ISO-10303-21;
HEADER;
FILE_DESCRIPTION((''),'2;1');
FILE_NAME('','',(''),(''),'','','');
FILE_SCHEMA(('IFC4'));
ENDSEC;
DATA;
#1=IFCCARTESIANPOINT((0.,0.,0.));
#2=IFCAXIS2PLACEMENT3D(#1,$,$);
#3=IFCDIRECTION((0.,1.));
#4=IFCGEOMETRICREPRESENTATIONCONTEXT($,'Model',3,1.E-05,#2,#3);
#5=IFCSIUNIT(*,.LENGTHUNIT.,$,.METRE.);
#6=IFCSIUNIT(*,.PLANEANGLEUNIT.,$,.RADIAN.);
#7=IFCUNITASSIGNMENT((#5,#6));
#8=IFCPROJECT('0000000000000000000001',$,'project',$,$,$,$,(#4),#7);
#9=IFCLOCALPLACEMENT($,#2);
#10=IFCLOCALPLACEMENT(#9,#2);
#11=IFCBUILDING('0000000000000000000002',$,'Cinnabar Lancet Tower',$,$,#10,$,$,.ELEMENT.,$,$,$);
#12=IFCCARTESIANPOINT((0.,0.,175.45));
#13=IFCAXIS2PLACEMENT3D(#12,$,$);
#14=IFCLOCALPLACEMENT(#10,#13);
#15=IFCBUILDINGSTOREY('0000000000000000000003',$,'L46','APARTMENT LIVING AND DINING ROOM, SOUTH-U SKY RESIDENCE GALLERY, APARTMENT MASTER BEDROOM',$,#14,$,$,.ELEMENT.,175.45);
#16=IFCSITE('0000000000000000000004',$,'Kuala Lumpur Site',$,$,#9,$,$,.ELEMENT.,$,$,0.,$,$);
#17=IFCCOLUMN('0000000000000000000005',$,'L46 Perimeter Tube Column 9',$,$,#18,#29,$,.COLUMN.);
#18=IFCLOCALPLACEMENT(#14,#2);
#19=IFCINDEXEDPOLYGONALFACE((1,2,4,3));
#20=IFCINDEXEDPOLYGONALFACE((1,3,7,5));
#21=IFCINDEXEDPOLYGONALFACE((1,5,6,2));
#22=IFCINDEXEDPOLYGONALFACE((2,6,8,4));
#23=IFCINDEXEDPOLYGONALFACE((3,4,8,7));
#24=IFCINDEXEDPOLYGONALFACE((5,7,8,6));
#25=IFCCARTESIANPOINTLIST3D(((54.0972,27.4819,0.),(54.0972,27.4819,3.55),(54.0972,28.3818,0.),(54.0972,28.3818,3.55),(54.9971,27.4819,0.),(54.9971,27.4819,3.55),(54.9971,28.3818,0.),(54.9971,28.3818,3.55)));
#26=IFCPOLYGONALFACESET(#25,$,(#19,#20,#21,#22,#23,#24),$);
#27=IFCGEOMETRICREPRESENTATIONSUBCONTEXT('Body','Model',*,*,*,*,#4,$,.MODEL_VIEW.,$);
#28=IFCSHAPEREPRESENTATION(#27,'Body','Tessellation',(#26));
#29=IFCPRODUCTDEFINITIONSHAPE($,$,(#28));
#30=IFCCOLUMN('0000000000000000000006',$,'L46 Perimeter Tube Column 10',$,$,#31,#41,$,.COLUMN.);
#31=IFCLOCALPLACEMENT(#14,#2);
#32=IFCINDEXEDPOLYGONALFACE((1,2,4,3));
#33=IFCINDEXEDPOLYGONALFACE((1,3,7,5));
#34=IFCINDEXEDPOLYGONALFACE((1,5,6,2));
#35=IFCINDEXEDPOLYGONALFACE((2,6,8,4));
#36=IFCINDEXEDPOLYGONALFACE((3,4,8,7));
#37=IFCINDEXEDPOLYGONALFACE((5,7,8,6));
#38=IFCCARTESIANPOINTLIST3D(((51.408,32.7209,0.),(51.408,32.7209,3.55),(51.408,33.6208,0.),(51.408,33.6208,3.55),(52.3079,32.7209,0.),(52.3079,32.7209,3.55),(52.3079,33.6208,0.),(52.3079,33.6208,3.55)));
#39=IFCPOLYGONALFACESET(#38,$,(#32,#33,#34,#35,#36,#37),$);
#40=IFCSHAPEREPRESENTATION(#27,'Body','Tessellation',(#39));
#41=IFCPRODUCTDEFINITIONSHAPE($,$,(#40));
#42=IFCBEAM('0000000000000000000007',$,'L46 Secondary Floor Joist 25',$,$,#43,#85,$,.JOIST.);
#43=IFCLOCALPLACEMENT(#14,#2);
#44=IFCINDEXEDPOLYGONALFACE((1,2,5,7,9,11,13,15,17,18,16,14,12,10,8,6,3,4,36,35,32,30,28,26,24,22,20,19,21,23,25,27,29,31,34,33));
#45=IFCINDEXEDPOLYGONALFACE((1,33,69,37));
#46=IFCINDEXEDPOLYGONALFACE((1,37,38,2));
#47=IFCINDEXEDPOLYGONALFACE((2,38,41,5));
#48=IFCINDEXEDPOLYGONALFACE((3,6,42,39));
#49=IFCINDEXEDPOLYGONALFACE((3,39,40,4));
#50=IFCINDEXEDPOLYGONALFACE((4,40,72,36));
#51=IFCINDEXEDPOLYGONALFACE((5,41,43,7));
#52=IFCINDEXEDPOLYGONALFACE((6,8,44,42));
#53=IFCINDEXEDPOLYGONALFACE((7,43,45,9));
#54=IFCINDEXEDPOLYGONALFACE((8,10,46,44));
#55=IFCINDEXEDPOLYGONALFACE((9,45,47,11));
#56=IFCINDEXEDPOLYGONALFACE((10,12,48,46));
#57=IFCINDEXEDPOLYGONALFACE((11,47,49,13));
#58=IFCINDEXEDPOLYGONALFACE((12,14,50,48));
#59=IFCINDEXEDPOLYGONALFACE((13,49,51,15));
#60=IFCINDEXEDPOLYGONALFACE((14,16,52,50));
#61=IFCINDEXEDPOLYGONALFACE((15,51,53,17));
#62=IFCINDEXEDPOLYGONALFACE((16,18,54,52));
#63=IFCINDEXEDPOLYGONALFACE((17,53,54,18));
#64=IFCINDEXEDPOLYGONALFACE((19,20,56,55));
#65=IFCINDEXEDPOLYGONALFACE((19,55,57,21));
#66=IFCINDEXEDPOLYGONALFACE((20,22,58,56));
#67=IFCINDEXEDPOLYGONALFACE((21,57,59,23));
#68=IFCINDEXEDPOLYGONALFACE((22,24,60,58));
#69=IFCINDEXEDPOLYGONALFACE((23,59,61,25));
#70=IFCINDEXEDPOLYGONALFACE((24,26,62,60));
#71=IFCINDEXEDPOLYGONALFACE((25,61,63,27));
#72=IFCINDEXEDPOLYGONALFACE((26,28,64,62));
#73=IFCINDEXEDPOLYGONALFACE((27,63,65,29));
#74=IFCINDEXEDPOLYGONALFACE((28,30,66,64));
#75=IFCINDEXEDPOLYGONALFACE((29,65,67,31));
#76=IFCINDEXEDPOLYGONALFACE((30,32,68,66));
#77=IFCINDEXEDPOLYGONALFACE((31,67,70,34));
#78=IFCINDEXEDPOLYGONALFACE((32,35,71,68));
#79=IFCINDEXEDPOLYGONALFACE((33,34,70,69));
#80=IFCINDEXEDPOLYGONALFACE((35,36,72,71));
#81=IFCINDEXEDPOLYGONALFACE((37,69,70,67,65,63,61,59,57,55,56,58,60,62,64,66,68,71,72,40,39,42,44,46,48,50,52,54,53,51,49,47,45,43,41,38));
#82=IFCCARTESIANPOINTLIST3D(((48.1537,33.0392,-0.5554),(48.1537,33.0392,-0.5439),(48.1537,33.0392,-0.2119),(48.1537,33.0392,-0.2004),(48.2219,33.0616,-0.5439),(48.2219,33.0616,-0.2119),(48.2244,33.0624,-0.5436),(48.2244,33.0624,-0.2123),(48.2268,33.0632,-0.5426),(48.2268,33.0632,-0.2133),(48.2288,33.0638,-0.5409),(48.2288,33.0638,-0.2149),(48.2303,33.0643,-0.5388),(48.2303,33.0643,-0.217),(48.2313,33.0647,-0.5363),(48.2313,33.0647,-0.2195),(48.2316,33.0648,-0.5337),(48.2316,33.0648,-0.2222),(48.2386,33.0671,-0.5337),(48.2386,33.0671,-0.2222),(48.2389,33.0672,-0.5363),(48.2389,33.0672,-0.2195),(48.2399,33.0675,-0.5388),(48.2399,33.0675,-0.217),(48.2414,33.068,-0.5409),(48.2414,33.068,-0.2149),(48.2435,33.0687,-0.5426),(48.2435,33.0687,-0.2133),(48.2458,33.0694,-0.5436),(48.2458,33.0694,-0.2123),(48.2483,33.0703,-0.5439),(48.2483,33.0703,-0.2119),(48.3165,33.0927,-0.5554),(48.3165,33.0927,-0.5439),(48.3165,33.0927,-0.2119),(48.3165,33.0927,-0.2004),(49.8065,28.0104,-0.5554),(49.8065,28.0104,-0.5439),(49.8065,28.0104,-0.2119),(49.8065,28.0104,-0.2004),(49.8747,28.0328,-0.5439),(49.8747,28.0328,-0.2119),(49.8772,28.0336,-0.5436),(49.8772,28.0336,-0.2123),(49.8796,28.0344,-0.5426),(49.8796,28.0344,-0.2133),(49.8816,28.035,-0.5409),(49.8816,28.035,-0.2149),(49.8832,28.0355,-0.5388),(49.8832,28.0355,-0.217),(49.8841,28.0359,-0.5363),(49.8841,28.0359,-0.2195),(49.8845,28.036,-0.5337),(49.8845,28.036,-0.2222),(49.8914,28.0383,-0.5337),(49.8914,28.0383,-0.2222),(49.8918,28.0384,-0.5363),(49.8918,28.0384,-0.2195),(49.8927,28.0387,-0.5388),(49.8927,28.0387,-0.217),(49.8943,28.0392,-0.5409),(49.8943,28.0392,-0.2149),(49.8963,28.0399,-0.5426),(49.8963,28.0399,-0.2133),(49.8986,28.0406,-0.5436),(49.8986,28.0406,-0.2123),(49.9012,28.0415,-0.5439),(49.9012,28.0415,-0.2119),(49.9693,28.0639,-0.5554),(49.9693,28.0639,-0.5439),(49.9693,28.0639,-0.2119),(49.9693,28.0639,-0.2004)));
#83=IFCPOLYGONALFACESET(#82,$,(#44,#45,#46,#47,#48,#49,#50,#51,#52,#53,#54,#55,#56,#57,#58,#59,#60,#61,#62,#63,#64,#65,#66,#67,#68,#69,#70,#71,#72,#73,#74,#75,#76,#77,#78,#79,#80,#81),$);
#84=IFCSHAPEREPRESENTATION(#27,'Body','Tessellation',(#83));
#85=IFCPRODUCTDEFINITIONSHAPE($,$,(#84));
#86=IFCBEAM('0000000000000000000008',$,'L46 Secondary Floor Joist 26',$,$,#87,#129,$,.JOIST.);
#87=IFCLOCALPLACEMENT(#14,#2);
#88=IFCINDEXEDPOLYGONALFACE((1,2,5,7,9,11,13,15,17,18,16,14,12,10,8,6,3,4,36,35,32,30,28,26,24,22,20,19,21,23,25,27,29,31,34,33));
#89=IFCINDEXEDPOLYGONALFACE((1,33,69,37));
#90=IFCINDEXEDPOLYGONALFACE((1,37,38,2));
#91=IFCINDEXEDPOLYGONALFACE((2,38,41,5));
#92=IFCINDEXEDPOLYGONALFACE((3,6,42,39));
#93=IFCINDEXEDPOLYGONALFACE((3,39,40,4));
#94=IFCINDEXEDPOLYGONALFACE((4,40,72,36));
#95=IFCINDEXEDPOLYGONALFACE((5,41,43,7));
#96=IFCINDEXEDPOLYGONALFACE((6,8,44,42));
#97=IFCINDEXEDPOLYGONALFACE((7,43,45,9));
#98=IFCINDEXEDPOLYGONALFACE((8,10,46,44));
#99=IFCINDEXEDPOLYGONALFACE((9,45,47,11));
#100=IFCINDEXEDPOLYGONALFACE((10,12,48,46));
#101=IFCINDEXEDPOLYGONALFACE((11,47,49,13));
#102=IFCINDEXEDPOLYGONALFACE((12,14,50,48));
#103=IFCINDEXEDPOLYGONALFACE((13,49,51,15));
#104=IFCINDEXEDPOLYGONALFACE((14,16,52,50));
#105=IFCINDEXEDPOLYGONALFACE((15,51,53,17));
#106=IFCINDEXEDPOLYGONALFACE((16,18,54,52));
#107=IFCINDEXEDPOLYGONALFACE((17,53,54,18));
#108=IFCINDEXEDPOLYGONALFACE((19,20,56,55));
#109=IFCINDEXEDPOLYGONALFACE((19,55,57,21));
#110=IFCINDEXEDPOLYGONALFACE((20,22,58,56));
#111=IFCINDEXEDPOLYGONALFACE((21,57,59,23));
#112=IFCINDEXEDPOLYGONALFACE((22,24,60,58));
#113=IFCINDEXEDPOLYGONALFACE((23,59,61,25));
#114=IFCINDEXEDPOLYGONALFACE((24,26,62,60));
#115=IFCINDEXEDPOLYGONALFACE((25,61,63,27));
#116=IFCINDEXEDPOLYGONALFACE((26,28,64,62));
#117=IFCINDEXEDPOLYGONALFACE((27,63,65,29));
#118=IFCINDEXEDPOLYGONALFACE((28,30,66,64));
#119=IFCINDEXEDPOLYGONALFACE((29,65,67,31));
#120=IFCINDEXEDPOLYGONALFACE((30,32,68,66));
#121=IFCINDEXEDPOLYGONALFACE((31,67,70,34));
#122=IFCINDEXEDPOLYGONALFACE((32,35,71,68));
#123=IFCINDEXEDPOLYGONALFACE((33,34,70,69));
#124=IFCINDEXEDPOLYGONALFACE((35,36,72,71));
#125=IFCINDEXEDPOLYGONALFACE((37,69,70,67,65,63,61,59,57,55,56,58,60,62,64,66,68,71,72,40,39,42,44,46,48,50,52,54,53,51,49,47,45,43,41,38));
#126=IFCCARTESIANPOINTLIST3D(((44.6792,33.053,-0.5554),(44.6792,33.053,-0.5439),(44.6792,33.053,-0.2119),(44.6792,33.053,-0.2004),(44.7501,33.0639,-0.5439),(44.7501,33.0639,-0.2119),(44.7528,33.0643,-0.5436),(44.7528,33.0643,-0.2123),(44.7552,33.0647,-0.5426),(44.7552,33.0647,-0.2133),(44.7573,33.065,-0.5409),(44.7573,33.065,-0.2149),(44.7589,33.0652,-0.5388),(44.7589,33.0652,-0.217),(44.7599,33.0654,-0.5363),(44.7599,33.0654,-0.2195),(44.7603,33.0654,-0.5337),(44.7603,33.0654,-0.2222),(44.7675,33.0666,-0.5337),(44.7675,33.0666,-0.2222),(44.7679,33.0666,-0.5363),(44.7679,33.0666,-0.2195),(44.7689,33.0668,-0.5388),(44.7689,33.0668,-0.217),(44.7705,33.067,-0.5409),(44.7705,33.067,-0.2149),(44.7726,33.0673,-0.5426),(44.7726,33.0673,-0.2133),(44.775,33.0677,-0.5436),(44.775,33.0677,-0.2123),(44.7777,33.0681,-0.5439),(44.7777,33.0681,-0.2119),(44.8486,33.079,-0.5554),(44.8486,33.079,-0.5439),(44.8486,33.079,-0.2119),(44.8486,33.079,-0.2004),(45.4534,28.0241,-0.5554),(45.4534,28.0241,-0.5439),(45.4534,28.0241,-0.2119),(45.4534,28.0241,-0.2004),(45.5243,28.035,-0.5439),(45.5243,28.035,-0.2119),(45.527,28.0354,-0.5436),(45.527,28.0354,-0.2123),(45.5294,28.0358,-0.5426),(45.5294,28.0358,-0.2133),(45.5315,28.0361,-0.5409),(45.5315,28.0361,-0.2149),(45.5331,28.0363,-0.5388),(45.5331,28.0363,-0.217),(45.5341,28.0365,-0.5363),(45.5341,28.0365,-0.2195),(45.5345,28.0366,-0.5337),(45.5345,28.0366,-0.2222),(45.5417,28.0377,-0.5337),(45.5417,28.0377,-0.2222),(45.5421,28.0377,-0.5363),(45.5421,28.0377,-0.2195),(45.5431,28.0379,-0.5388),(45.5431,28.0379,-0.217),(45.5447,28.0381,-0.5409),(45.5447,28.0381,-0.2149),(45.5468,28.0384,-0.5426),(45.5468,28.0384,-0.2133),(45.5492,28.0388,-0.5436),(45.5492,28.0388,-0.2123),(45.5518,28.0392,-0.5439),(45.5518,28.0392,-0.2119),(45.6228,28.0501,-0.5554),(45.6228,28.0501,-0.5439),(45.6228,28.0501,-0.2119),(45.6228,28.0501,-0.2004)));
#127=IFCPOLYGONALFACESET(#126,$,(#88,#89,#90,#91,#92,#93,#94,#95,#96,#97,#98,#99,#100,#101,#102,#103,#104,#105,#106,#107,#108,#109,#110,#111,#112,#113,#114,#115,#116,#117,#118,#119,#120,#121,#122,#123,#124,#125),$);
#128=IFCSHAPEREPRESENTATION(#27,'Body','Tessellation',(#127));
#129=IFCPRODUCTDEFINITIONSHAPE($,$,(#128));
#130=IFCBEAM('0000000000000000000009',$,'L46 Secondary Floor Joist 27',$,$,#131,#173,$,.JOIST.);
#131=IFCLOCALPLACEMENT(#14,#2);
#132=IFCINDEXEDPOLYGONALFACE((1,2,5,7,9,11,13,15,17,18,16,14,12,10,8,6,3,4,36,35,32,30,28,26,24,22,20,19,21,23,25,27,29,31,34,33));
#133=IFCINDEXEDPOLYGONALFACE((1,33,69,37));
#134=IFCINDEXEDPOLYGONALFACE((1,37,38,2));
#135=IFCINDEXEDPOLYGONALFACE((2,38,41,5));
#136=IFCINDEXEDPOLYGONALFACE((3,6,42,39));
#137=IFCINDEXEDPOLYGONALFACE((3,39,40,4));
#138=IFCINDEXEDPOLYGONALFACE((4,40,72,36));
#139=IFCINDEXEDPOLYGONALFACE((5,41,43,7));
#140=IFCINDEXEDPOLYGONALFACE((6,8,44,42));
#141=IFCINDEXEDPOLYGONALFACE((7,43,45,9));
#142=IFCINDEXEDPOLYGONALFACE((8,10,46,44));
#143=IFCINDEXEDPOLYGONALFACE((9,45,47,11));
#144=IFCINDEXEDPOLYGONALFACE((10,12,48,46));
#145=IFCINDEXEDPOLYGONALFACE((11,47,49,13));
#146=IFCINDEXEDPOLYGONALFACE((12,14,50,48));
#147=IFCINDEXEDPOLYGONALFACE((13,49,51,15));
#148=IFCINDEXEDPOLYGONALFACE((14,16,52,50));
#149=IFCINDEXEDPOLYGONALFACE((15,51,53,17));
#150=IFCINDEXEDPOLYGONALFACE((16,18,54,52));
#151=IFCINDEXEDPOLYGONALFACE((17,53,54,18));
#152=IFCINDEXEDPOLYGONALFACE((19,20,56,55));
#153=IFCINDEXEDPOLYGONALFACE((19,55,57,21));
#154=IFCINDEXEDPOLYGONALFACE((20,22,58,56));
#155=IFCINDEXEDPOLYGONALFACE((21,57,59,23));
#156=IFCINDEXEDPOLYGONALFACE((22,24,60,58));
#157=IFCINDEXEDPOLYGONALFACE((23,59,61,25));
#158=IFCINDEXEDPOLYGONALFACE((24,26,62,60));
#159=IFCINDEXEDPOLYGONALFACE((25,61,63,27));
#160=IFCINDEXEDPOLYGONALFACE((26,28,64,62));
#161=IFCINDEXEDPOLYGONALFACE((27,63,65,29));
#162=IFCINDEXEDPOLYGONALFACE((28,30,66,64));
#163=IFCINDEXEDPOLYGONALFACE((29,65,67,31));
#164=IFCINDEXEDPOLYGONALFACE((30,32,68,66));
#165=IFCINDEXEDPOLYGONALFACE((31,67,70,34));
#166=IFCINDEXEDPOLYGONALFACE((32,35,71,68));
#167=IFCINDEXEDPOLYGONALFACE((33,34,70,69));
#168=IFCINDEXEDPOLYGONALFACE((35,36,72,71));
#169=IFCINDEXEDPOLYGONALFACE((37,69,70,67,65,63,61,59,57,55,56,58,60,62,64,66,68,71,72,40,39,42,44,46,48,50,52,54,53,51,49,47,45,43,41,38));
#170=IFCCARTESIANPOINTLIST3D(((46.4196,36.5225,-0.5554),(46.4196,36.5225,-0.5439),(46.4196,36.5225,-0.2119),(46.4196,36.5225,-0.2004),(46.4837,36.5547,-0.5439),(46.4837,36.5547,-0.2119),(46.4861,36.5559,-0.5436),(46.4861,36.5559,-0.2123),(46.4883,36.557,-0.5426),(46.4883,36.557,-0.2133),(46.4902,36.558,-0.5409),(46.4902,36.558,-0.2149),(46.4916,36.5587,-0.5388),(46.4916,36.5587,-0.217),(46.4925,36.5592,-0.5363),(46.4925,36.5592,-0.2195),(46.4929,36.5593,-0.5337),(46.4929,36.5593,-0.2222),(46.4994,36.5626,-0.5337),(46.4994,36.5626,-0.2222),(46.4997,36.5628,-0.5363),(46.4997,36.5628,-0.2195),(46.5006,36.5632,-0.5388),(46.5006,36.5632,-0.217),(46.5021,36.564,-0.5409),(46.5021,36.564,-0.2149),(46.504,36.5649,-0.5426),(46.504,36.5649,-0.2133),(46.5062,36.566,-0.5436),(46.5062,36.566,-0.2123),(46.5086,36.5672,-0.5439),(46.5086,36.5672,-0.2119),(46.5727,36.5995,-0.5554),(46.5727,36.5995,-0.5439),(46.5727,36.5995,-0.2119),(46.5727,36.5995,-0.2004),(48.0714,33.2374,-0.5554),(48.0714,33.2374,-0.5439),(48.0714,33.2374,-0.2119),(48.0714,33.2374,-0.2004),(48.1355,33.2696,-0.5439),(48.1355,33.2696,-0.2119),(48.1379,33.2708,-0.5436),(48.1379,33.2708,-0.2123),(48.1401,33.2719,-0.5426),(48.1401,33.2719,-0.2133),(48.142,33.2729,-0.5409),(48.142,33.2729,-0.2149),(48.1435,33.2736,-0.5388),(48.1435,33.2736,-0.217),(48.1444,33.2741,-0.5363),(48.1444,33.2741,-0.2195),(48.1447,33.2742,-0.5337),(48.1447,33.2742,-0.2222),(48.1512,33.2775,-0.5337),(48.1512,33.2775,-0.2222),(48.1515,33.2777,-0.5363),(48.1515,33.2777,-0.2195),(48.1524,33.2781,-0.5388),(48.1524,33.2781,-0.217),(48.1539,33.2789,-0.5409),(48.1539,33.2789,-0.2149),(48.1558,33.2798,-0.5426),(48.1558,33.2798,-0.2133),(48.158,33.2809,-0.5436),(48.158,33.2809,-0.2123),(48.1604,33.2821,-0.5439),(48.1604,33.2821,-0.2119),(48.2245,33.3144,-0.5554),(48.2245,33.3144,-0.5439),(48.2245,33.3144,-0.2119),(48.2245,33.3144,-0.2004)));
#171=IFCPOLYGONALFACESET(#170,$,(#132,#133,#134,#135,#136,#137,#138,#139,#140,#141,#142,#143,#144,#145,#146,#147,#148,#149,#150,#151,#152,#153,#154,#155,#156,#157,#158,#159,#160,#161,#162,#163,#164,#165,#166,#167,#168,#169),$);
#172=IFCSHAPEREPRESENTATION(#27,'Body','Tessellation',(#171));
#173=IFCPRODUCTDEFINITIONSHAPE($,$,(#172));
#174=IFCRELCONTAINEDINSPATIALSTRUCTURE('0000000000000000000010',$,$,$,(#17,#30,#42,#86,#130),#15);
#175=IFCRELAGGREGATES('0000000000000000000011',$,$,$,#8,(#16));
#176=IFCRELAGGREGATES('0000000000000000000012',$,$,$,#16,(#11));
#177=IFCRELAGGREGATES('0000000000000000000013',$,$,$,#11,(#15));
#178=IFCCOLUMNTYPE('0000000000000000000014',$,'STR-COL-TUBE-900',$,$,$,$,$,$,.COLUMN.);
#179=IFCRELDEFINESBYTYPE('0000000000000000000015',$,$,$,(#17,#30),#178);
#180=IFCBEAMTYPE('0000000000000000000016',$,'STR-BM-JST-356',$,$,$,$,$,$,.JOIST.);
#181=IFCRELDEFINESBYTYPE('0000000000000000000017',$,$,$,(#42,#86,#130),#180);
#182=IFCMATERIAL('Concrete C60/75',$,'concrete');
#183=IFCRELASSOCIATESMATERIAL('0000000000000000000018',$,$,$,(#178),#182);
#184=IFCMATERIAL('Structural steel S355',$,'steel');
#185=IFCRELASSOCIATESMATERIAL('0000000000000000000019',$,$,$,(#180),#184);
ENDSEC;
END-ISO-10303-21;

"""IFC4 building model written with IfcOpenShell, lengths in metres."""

from ifc_helpers import new_model, si_unit, direction, frame, origin, origin_2d, place, context, subcontext, project, spatial, rectangle, i_section, extrude, material, material_profile, profile_set, type_object, element, save


model = new_model("IFC4")

# Units and contexts
model_context = context("Model", 3, precision=1e-05, world=origin(), true_north=direction((0.0, 1.0)))
body_context = subcontext(model_context, "Body", "Model", "MODEL_VIEW")
ifc_project = project(units=[si_unit("LENGTHUNIT", "METRE"), si_unit("PLANEANGLEUNIT", "RADIAN")], contexts=[model_context])

# Site, building, storey
site_placement = place(None, origin())
site = spatial("IfcSite", under=ifc_project, at=site_placement, Name="Kuala Lumpur Site", CompositionType="ELEMENT", RefElevation=0.0)
building_placement = place(site_placement, origin())
building = spatial("IfcBuilding", under=site, at=building_placement, Name="Cinnabar Lancet Tower", CompositionType="ELEMENT")
storey_placement = place(building_placement, frame((0.0, 0.0, 175.45)))
storey = spatial("IfcBuildingStorey", under=building, at=storey_placement, Name="L46", Description="APARTMENT LIVING AND DINING ROOM, SOUTH-U SKY RESIDENCE GALLERY, APARTMENT MASTER BEDROOM", CompositionType="ELEMENT", Elevation=175.45)

# Columns
ifc_material_1 = material(Name="Concrete C60/75", Category="concrete")
ifc_material_profile_1 = material_profile(ifc_material_1, rectangle(XDim=0.8999, YDim=0.8999, at=origin_2d()), Name="RC-COL 900x900")
ifc_profile_set_1 = profile_set([ifc_material_profile_1], Name="Concrete C60/75")
column_type = type_object("IfcColumnType", Name="STR-COL-TUBE-900", PredefinedType="COLUMN", material=ifc_profile_set_1)
for number, where, z_axis, x_axis, name in (
    (1, (54.5471, 27.9319, 0.0), (0.0, 0.0, 1.0), (1.0, 0.0, 0.0), "L46 Perimeter Tube Column 9"),
    (2, (51.8579, 33.1709, 0.0), (0.0, 0.0, 1.0), (1.0, 0.0, 0.0), "L46 Perimeter Tube Column 10"),
):
    element("IfcColumn", number, at=place(storey_placement, frame(where, z_axis=z_axis, x_axis=x_axis)), inside=storey, type_object=column_type, Name=name, PredefinedType="COLUMN", context=body_context, shape_type="SweptSolid", body=[
        extrude(rectangle(XDim=0.8999, YDim=0.8999, at=origin_2d()), origin(), (0.0, 0.0, 1.0), 3.55),
    ])

# Beams
ifc_material_2 = material(Name="Structural steel S355", Category="steel")
ifc_material_profile_2 = material_profile(ifc_material_2, i_section(OverallWidth=0.1714, OverallDepth=0.355, WebThickness=0.0073, FlangeThickness=0.0115, FilletRadius=0.0103, at=origin_2d()), Name="UKB 356x171x51")
ifc_profile_set_2 = profile_set([ifc_material_profile_2], Name="Structural steel S355")
beam_type_1 = type_object("IfcBeamType", Name="STR-BM-JST-356", PredefinedType="JOIST", material=ifc_profile_set_2)
beam_1_placement = place(storey_placement, frame((49.8879, 28.0371, -0.3779), z_axis=(-0.31224, 0.950003, 0.0), x_axis=(-0.950003, -0.31224, 0.0)))
element("IfcBeam", 3, at=beam_1_placement, inside=storey, type_object=beam_type_1, Name="L46 Secondary Floor Joist 25", PredefinedType="JOIST", context=body_context, shape_type="SweptSolid", body=[
    extrude(i_section(OverallWidth=0.1714, OverallDepth=0.355, WebThickness=0.0073, FlangeThickness=0.0115, FilletRadius=0.0103, at=origin_2d()), origin(), (0.0, 0.0, 1.0), 5.2935),
])
beam_2_placement = place(storey_placement, frame((45.5381, 28.0371, -0.3779), z_axis=(-0.152155, 0.988357, 0.0), x_axis=(-0.988357, -0.152155, 0.0)))
element("IfcBeam", 4, at=beam_2_placement, inside=storey, type_object=beam_type_1, Name="L46 Secondary Floor Joist 26", PredefinedType="JOIST", context=body_context, shape_type="SweptSolid", body=[
    extrude(i_section(OverallWidth=0.1714, OverallDepth=0.355, WebThickness=0.0073, FlangeThickness=0.0115, FilletRadius=0.0103, at=origin_2d()), origin(), (0.0, 0.0, 1.0), 5.0881),
])
beam_3_placement = place(storey_placement, frame((48.1479, 33.2759, -0.3779), z_axis=(-0.449231, 0.893416, 0.0), x_axis=(-0.893416, -0.449231, 0.0)))
element("IfcBeam", 5, at=beam_3_placement, inside=storey, type_object=beam_type_1, Name="L46 Secondary Floor Joist 27", PredefinedType="JOIST", context=body_context, shape_type="SweptSolid", body=[
    extrude(i_section(OverallWidth=0.1714, OverallDepth=0.355, WebThickness=0.0073, FlangeThickness=0.0115, FilletRadius=0.0103, at=origin_2d()), origin(), (0.0, 0.0, 1.0), 3.677),
])

save(model, "model.ifc")
